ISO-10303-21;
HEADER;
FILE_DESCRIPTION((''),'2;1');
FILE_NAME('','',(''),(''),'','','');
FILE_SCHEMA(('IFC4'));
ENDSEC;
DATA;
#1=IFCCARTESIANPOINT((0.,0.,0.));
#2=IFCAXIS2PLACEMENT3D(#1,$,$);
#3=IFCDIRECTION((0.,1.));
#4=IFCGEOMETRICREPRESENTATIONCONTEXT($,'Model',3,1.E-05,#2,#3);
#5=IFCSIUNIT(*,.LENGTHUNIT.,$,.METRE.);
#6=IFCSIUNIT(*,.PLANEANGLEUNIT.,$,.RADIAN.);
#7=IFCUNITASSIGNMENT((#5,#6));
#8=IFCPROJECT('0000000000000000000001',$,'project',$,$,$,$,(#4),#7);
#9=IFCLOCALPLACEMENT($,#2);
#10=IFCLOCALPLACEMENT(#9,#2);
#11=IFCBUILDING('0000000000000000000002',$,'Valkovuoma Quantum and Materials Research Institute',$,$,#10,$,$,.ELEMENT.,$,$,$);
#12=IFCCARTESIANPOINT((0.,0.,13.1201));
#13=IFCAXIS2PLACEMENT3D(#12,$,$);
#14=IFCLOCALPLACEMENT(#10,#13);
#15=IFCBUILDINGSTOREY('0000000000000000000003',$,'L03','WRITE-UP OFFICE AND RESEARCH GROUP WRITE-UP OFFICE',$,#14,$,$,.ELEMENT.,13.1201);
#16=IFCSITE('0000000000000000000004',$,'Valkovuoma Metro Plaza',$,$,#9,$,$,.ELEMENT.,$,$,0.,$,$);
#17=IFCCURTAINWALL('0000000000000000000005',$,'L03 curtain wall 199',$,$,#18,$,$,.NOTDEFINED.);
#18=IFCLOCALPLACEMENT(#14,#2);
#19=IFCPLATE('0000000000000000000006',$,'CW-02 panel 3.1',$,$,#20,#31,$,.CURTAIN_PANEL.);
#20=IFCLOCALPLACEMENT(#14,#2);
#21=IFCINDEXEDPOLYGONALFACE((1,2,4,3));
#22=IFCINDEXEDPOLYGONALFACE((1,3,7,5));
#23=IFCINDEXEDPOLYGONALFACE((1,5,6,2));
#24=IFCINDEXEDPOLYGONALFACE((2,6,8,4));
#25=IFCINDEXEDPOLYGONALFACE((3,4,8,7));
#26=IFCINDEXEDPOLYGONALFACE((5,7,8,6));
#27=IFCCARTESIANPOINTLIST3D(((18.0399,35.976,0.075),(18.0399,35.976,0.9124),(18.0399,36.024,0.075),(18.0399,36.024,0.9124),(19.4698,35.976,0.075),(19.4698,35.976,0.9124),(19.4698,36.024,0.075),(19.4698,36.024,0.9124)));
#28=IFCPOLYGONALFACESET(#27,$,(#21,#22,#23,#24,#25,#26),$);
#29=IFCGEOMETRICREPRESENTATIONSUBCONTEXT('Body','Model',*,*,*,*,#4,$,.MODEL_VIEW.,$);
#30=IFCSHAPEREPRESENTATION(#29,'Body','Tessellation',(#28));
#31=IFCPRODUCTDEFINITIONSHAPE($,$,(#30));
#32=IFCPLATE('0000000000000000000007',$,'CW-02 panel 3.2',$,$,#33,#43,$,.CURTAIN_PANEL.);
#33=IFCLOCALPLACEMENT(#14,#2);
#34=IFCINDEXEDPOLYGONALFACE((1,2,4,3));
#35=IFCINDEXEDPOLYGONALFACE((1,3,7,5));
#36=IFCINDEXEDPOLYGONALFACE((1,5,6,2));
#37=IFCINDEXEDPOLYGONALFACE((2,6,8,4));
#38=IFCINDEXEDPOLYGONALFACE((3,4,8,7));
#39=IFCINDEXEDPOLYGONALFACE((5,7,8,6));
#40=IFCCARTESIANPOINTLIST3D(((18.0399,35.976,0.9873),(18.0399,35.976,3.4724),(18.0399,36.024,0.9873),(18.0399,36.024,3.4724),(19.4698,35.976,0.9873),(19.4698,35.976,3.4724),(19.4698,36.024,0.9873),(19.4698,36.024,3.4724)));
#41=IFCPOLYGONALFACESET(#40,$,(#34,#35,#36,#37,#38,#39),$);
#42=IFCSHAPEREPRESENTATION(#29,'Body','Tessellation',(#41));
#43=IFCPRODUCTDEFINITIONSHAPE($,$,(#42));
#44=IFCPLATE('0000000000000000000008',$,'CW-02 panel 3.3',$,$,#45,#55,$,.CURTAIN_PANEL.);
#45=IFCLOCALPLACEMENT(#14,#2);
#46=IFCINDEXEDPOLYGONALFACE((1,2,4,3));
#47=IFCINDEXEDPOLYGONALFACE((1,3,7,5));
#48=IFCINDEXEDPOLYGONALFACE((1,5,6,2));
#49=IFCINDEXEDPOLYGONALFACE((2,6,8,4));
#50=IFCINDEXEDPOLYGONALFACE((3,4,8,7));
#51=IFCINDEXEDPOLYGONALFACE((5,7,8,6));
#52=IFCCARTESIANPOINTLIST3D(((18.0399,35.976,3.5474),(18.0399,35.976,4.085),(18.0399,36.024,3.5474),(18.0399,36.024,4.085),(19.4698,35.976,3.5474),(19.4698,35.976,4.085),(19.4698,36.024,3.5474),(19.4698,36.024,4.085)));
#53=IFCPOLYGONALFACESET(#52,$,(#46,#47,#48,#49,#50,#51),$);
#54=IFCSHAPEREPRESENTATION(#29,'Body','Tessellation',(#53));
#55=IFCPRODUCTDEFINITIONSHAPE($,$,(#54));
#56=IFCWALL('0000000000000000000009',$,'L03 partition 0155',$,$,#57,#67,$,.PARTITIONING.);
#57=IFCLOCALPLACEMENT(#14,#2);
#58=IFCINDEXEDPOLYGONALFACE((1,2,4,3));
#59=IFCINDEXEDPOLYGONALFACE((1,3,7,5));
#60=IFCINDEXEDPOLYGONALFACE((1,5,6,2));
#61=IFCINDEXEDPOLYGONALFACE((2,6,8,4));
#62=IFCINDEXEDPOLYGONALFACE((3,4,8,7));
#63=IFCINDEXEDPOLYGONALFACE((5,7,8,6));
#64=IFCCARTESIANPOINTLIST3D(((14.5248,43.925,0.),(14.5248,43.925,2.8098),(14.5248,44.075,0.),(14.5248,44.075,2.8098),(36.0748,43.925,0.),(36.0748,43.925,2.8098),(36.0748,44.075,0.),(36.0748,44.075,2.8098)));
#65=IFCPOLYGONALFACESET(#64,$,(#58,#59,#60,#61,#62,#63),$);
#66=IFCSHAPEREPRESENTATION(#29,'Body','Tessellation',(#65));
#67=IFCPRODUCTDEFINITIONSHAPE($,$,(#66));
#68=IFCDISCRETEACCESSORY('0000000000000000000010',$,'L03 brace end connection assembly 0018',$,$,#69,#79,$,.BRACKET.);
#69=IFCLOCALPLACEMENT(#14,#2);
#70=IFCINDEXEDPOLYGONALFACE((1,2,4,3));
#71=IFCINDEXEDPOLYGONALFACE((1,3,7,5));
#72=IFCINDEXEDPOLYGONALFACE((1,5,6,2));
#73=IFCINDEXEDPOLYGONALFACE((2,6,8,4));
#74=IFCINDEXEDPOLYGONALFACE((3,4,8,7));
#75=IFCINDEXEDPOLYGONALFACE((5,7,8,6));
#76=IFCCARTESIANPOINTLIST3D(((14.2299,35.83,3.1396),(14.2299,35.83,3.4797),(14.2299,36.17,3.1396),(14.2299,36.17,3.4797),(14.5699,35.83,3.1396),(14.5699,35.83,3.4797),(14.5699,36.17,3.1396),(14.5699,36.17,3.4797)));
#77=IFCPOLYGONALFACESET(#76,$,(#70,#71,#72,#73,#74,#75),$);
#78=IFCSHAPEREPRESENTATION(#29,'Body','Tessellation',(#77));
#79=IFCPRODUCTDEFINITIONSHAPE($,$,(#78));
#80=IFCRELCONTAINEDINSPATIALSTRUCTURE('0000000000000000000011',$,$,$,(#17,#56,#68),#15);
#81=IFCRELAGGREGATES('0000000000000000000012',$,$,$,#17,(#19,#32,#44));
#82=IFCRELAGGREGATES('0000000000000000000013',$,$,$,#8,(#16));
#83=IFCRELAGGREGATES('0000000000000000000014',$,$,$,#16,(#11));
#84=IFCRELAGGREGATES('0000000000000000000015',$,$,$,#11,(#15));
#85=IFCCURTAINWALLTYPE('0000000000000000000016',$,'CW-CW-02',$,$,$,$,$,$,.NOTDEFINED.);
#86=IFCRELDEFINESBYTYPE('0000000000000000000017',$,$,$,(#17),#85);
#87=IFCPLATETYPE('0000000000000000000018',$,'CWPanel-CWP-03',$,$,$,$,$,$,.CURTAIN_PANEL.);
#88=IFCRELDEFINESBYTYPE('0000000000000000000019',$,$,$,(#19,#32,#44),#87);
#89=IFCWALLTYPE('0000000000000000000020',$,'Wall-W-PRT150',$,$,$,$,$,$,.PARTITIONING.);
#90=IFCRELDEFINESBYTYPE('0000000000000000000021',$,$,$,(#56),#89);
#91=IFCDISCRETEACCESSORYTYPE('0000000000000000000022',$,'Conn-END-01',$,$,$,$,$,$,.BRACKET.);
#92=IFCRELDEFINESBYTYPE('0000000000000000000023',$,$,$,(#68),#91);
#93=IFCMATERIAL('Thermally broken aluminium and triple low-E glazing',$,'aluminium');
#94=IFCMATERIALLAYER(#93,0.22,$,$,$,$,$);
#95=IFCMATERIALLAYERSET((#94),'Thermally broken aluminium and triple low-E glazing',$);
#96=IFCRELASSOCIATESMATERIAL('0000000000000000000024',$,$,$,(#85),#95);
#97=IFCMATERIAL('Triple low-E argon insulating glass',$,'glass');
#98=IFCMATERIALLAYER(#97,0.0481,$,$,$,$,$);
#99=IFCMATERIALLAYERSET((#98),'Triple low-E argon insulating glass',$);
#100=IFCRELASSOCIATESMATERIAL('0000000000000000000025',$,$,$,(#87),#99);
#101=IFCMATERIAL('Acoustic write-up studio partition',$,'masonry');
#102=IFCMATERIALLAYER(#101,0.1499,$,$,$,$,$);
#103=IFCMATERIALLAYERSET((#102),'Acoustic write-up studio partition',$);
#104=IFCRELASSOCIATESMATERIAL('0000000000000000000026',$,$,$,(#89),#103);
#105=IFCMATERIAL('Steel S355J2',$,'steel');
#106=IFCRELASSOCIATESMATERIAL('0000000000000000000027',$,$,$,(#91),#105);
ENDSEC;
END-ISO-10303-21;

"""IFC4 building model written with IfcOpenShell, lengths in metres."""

from ifc_helpers import new_model, si_unit, direction, frame, frame_2d, origin, origin_2d, place, context, subcontext, project, spatial, rectangle, extrude, material, layer, layer_set, type_object, element, aggregate, save


model = new_model("IFC4")

# Units and contexts
model_context = context("Model", 3, precision=1e-05, world=origin(), true_north=direction((0.0, 1.0)))
body_context = subcontext(model_context, "Body", "Model", "MODEL_VIEW")
ifc_project = project(units=[si_unit("LENGTHUNIT", "METRE"), si_unit("PLANEANGLEUNIT", "RADIAN")], contexts=[model_context])

# Site, building, storey
site_placement = place(None, origin())
site = spatial("IfcSite", under=ifc_project, at=site_placement, Name="Valkovuoma Metro Plaza", CompositionType="ELEMENT", RefElevation=0.0)
building_placement = place(site_placement, origin())
building = spatial("IfcBuilding", under=site, at=building_placement, Name="Valkovuoma Quantum and Materials Research Institute", CompositionType="ELEMENT")
storey_placement = place(building_placement, frame((0.0, 0.0, 13.1201)))
storey = spatial("IfcBuildingStorey", under=building, at=storey_placement, Name="L03", Description="WRITE-UP OFFICE AND RESEARCH GROUP WRITE-UP OFFICE", CompositionType="ELEMENT", Elevation=13.1201)

# Curtain wall, plates
ifc_material_1 = material(Name="Thermally broken aluminium and triple low-E glazing", Category="aluminium")
ifc_layer_1 = layer(ifc_material_1, 0.22)
ifc_layer_set_1 = layer_set([ifc_layer_1], Name="Thermally broken aluminium and triple low-E glazing")
curtain_wall_type = type_object("IfcCurtainWallType", Name="CW-CW-02", PredefinedType="NOTDEFINED", material=ifc_layer_set_1)
curtain_wall_placement = place(storey_placement, origin())
curtain_wall = element("IfcCurtainWall", 1, at=curtain_wall_placement, inside=storey, type_object=curtain_wall_type, Name="L03 curtain wall 199", PredefinedType="NOTDEFINED")
ifc_material_2 = material(Name="Triple low-E argon insulating glass", Category="glass")
ifc_layer_2 = layer(ifc_material_2, 0.0481)
ifc_layer_set_2 = layer_set([ifc_layer_2], Name="Triple low-E argon insulating glass")
plate_type = type_object("IfcPlateType", Name="CWPanel-CWP-03", PredefinedType="CURTAIN_PANEL", material=ifc_layer_set_2)
plate_1_placement = place(storey_placement, frame((18.7549, 36.0, 0.075), z_axis=(0.0, 0.0, 1.0), x_axis=(1.0, 0.0, 0.0)))
plate_1 = element("IfcPlate", 2, at=plate_1_placement, type_object=plate_type, Name="CW-02 panel 3.1", PredefinedType="CURTAIN_PANEL", context=body_context, shape_type="SweptSolid", body=[
    extrude(rectangle(XDim=1.4299, YDim=0.0481, at=origin_2d()), origin(), (0.0, 0.0, 1.0), 0.8374),
])
plate_2_placement = place(storey_placement, frame((18.7549, 36.0, 0.9873), z_axis=(0.0, 0.0, 1.0), x_axis=(1.0, 0.0, 0.0)))
plate_2 = element("IfcPlate", 3, at=plate_2_placement, type_object=plate_type, Name="CW-02 panel 3.2", PredefinedType="CURTAIN_PANEL", context=body_context, shape_type="SweptSolid", body=[
    extrude(rectangle(XDim=1.4299, YDim=0.0481, at=origin_2d()), origin(), (0.0, 0.0, 1.0), 2.4851),
])
plate_3_placement = place(storey_placement, frame((18.7549, 36.0, 3.5474), z_axis=(0.0, 0.0, 1.0), x_axis=(1.0, 0.0, 0.0)))
plate_3 = element("IfcPlate", 4, at=plate_3_placement, type_object=plate_type, Name="CW-02 panel 3.3", PredefinedType="CURTAIN_PANEL", context=body_context, shape_type="SweptSolid", body=[
    extrude(rectangle(XDim=1.4299, YDim=0.0481, at=origin_2d()), origin(), (0.0, 0.0, 1.0), 0.5376),
])
aggregate(curtain_wall, [plate_1, plate_2, plate_3])

# Wall
ifc_material_3 = material(Name="Acoustic write-up studio partition", Category="masonry")
ifc_layer_3 = layer(ifc_material_3, 0.1499)
ifc_layer_set_3 = layer_set([ifc_layer_3], Name="Acoustic write-up studio partition")
wall_type = type_object("IfcWallType", Name="Wall-W-PRT150", PredefinedType="PARTITIONING", material=ifc_layer_set_3)
wall_placement = place(storey_placement, frame((14.5249, 44.0, 0.0), z_axis=(0.0, 0.0, 1.0), x_axis=(1.0, 0.0, 0.0)))
element("IfcWall", 5, at=wall_placement, inside=storey, type_object=wall_type, Name="L03 partition 0155", PredefinedType="PARTITIONING", context=body_context, shape_type="SweptSolid", body=[
    extrude(rectangle(XDim=21.55, YDim=0.1499, at=frame_2d((10.7749, 0.0))), origin(), (0.0, 0.0, 1.0), 2.8098),
])

# Discrete accessory
ifc_material_4 = material(Name="Steel S355J2", Category="steel")
discrete_accessory_type = type_object("IfcDiscreteAccessoryType", Name="Conn-END-01", PredefinedType="BRACKET", material=ifc_material_4)
discrete_accessory_placement = place(storey_placement, frame((14.3999, 36.0, 3.1396), z_axis=(0.0, 0.0, 1.0), x_axis=(1.0, 0.0, 0.0)))
element("IfcDiscreteAccessory", 6, at=discrete_accessory_placement, inside=storey, type_object=discrete_accessory_type, Name="L03 brace end connection assembly 0018", PredefinedType="BRACKET", context=body_context, shape_type="SweptSolid", body=[
    extrude(rectangle(XDim=0.3401, YDim=0.3401, at=origin_2d()), origin(), (0.0, 0.0, 1.0), 0.3401),
])

save(model, "model.ifc")
